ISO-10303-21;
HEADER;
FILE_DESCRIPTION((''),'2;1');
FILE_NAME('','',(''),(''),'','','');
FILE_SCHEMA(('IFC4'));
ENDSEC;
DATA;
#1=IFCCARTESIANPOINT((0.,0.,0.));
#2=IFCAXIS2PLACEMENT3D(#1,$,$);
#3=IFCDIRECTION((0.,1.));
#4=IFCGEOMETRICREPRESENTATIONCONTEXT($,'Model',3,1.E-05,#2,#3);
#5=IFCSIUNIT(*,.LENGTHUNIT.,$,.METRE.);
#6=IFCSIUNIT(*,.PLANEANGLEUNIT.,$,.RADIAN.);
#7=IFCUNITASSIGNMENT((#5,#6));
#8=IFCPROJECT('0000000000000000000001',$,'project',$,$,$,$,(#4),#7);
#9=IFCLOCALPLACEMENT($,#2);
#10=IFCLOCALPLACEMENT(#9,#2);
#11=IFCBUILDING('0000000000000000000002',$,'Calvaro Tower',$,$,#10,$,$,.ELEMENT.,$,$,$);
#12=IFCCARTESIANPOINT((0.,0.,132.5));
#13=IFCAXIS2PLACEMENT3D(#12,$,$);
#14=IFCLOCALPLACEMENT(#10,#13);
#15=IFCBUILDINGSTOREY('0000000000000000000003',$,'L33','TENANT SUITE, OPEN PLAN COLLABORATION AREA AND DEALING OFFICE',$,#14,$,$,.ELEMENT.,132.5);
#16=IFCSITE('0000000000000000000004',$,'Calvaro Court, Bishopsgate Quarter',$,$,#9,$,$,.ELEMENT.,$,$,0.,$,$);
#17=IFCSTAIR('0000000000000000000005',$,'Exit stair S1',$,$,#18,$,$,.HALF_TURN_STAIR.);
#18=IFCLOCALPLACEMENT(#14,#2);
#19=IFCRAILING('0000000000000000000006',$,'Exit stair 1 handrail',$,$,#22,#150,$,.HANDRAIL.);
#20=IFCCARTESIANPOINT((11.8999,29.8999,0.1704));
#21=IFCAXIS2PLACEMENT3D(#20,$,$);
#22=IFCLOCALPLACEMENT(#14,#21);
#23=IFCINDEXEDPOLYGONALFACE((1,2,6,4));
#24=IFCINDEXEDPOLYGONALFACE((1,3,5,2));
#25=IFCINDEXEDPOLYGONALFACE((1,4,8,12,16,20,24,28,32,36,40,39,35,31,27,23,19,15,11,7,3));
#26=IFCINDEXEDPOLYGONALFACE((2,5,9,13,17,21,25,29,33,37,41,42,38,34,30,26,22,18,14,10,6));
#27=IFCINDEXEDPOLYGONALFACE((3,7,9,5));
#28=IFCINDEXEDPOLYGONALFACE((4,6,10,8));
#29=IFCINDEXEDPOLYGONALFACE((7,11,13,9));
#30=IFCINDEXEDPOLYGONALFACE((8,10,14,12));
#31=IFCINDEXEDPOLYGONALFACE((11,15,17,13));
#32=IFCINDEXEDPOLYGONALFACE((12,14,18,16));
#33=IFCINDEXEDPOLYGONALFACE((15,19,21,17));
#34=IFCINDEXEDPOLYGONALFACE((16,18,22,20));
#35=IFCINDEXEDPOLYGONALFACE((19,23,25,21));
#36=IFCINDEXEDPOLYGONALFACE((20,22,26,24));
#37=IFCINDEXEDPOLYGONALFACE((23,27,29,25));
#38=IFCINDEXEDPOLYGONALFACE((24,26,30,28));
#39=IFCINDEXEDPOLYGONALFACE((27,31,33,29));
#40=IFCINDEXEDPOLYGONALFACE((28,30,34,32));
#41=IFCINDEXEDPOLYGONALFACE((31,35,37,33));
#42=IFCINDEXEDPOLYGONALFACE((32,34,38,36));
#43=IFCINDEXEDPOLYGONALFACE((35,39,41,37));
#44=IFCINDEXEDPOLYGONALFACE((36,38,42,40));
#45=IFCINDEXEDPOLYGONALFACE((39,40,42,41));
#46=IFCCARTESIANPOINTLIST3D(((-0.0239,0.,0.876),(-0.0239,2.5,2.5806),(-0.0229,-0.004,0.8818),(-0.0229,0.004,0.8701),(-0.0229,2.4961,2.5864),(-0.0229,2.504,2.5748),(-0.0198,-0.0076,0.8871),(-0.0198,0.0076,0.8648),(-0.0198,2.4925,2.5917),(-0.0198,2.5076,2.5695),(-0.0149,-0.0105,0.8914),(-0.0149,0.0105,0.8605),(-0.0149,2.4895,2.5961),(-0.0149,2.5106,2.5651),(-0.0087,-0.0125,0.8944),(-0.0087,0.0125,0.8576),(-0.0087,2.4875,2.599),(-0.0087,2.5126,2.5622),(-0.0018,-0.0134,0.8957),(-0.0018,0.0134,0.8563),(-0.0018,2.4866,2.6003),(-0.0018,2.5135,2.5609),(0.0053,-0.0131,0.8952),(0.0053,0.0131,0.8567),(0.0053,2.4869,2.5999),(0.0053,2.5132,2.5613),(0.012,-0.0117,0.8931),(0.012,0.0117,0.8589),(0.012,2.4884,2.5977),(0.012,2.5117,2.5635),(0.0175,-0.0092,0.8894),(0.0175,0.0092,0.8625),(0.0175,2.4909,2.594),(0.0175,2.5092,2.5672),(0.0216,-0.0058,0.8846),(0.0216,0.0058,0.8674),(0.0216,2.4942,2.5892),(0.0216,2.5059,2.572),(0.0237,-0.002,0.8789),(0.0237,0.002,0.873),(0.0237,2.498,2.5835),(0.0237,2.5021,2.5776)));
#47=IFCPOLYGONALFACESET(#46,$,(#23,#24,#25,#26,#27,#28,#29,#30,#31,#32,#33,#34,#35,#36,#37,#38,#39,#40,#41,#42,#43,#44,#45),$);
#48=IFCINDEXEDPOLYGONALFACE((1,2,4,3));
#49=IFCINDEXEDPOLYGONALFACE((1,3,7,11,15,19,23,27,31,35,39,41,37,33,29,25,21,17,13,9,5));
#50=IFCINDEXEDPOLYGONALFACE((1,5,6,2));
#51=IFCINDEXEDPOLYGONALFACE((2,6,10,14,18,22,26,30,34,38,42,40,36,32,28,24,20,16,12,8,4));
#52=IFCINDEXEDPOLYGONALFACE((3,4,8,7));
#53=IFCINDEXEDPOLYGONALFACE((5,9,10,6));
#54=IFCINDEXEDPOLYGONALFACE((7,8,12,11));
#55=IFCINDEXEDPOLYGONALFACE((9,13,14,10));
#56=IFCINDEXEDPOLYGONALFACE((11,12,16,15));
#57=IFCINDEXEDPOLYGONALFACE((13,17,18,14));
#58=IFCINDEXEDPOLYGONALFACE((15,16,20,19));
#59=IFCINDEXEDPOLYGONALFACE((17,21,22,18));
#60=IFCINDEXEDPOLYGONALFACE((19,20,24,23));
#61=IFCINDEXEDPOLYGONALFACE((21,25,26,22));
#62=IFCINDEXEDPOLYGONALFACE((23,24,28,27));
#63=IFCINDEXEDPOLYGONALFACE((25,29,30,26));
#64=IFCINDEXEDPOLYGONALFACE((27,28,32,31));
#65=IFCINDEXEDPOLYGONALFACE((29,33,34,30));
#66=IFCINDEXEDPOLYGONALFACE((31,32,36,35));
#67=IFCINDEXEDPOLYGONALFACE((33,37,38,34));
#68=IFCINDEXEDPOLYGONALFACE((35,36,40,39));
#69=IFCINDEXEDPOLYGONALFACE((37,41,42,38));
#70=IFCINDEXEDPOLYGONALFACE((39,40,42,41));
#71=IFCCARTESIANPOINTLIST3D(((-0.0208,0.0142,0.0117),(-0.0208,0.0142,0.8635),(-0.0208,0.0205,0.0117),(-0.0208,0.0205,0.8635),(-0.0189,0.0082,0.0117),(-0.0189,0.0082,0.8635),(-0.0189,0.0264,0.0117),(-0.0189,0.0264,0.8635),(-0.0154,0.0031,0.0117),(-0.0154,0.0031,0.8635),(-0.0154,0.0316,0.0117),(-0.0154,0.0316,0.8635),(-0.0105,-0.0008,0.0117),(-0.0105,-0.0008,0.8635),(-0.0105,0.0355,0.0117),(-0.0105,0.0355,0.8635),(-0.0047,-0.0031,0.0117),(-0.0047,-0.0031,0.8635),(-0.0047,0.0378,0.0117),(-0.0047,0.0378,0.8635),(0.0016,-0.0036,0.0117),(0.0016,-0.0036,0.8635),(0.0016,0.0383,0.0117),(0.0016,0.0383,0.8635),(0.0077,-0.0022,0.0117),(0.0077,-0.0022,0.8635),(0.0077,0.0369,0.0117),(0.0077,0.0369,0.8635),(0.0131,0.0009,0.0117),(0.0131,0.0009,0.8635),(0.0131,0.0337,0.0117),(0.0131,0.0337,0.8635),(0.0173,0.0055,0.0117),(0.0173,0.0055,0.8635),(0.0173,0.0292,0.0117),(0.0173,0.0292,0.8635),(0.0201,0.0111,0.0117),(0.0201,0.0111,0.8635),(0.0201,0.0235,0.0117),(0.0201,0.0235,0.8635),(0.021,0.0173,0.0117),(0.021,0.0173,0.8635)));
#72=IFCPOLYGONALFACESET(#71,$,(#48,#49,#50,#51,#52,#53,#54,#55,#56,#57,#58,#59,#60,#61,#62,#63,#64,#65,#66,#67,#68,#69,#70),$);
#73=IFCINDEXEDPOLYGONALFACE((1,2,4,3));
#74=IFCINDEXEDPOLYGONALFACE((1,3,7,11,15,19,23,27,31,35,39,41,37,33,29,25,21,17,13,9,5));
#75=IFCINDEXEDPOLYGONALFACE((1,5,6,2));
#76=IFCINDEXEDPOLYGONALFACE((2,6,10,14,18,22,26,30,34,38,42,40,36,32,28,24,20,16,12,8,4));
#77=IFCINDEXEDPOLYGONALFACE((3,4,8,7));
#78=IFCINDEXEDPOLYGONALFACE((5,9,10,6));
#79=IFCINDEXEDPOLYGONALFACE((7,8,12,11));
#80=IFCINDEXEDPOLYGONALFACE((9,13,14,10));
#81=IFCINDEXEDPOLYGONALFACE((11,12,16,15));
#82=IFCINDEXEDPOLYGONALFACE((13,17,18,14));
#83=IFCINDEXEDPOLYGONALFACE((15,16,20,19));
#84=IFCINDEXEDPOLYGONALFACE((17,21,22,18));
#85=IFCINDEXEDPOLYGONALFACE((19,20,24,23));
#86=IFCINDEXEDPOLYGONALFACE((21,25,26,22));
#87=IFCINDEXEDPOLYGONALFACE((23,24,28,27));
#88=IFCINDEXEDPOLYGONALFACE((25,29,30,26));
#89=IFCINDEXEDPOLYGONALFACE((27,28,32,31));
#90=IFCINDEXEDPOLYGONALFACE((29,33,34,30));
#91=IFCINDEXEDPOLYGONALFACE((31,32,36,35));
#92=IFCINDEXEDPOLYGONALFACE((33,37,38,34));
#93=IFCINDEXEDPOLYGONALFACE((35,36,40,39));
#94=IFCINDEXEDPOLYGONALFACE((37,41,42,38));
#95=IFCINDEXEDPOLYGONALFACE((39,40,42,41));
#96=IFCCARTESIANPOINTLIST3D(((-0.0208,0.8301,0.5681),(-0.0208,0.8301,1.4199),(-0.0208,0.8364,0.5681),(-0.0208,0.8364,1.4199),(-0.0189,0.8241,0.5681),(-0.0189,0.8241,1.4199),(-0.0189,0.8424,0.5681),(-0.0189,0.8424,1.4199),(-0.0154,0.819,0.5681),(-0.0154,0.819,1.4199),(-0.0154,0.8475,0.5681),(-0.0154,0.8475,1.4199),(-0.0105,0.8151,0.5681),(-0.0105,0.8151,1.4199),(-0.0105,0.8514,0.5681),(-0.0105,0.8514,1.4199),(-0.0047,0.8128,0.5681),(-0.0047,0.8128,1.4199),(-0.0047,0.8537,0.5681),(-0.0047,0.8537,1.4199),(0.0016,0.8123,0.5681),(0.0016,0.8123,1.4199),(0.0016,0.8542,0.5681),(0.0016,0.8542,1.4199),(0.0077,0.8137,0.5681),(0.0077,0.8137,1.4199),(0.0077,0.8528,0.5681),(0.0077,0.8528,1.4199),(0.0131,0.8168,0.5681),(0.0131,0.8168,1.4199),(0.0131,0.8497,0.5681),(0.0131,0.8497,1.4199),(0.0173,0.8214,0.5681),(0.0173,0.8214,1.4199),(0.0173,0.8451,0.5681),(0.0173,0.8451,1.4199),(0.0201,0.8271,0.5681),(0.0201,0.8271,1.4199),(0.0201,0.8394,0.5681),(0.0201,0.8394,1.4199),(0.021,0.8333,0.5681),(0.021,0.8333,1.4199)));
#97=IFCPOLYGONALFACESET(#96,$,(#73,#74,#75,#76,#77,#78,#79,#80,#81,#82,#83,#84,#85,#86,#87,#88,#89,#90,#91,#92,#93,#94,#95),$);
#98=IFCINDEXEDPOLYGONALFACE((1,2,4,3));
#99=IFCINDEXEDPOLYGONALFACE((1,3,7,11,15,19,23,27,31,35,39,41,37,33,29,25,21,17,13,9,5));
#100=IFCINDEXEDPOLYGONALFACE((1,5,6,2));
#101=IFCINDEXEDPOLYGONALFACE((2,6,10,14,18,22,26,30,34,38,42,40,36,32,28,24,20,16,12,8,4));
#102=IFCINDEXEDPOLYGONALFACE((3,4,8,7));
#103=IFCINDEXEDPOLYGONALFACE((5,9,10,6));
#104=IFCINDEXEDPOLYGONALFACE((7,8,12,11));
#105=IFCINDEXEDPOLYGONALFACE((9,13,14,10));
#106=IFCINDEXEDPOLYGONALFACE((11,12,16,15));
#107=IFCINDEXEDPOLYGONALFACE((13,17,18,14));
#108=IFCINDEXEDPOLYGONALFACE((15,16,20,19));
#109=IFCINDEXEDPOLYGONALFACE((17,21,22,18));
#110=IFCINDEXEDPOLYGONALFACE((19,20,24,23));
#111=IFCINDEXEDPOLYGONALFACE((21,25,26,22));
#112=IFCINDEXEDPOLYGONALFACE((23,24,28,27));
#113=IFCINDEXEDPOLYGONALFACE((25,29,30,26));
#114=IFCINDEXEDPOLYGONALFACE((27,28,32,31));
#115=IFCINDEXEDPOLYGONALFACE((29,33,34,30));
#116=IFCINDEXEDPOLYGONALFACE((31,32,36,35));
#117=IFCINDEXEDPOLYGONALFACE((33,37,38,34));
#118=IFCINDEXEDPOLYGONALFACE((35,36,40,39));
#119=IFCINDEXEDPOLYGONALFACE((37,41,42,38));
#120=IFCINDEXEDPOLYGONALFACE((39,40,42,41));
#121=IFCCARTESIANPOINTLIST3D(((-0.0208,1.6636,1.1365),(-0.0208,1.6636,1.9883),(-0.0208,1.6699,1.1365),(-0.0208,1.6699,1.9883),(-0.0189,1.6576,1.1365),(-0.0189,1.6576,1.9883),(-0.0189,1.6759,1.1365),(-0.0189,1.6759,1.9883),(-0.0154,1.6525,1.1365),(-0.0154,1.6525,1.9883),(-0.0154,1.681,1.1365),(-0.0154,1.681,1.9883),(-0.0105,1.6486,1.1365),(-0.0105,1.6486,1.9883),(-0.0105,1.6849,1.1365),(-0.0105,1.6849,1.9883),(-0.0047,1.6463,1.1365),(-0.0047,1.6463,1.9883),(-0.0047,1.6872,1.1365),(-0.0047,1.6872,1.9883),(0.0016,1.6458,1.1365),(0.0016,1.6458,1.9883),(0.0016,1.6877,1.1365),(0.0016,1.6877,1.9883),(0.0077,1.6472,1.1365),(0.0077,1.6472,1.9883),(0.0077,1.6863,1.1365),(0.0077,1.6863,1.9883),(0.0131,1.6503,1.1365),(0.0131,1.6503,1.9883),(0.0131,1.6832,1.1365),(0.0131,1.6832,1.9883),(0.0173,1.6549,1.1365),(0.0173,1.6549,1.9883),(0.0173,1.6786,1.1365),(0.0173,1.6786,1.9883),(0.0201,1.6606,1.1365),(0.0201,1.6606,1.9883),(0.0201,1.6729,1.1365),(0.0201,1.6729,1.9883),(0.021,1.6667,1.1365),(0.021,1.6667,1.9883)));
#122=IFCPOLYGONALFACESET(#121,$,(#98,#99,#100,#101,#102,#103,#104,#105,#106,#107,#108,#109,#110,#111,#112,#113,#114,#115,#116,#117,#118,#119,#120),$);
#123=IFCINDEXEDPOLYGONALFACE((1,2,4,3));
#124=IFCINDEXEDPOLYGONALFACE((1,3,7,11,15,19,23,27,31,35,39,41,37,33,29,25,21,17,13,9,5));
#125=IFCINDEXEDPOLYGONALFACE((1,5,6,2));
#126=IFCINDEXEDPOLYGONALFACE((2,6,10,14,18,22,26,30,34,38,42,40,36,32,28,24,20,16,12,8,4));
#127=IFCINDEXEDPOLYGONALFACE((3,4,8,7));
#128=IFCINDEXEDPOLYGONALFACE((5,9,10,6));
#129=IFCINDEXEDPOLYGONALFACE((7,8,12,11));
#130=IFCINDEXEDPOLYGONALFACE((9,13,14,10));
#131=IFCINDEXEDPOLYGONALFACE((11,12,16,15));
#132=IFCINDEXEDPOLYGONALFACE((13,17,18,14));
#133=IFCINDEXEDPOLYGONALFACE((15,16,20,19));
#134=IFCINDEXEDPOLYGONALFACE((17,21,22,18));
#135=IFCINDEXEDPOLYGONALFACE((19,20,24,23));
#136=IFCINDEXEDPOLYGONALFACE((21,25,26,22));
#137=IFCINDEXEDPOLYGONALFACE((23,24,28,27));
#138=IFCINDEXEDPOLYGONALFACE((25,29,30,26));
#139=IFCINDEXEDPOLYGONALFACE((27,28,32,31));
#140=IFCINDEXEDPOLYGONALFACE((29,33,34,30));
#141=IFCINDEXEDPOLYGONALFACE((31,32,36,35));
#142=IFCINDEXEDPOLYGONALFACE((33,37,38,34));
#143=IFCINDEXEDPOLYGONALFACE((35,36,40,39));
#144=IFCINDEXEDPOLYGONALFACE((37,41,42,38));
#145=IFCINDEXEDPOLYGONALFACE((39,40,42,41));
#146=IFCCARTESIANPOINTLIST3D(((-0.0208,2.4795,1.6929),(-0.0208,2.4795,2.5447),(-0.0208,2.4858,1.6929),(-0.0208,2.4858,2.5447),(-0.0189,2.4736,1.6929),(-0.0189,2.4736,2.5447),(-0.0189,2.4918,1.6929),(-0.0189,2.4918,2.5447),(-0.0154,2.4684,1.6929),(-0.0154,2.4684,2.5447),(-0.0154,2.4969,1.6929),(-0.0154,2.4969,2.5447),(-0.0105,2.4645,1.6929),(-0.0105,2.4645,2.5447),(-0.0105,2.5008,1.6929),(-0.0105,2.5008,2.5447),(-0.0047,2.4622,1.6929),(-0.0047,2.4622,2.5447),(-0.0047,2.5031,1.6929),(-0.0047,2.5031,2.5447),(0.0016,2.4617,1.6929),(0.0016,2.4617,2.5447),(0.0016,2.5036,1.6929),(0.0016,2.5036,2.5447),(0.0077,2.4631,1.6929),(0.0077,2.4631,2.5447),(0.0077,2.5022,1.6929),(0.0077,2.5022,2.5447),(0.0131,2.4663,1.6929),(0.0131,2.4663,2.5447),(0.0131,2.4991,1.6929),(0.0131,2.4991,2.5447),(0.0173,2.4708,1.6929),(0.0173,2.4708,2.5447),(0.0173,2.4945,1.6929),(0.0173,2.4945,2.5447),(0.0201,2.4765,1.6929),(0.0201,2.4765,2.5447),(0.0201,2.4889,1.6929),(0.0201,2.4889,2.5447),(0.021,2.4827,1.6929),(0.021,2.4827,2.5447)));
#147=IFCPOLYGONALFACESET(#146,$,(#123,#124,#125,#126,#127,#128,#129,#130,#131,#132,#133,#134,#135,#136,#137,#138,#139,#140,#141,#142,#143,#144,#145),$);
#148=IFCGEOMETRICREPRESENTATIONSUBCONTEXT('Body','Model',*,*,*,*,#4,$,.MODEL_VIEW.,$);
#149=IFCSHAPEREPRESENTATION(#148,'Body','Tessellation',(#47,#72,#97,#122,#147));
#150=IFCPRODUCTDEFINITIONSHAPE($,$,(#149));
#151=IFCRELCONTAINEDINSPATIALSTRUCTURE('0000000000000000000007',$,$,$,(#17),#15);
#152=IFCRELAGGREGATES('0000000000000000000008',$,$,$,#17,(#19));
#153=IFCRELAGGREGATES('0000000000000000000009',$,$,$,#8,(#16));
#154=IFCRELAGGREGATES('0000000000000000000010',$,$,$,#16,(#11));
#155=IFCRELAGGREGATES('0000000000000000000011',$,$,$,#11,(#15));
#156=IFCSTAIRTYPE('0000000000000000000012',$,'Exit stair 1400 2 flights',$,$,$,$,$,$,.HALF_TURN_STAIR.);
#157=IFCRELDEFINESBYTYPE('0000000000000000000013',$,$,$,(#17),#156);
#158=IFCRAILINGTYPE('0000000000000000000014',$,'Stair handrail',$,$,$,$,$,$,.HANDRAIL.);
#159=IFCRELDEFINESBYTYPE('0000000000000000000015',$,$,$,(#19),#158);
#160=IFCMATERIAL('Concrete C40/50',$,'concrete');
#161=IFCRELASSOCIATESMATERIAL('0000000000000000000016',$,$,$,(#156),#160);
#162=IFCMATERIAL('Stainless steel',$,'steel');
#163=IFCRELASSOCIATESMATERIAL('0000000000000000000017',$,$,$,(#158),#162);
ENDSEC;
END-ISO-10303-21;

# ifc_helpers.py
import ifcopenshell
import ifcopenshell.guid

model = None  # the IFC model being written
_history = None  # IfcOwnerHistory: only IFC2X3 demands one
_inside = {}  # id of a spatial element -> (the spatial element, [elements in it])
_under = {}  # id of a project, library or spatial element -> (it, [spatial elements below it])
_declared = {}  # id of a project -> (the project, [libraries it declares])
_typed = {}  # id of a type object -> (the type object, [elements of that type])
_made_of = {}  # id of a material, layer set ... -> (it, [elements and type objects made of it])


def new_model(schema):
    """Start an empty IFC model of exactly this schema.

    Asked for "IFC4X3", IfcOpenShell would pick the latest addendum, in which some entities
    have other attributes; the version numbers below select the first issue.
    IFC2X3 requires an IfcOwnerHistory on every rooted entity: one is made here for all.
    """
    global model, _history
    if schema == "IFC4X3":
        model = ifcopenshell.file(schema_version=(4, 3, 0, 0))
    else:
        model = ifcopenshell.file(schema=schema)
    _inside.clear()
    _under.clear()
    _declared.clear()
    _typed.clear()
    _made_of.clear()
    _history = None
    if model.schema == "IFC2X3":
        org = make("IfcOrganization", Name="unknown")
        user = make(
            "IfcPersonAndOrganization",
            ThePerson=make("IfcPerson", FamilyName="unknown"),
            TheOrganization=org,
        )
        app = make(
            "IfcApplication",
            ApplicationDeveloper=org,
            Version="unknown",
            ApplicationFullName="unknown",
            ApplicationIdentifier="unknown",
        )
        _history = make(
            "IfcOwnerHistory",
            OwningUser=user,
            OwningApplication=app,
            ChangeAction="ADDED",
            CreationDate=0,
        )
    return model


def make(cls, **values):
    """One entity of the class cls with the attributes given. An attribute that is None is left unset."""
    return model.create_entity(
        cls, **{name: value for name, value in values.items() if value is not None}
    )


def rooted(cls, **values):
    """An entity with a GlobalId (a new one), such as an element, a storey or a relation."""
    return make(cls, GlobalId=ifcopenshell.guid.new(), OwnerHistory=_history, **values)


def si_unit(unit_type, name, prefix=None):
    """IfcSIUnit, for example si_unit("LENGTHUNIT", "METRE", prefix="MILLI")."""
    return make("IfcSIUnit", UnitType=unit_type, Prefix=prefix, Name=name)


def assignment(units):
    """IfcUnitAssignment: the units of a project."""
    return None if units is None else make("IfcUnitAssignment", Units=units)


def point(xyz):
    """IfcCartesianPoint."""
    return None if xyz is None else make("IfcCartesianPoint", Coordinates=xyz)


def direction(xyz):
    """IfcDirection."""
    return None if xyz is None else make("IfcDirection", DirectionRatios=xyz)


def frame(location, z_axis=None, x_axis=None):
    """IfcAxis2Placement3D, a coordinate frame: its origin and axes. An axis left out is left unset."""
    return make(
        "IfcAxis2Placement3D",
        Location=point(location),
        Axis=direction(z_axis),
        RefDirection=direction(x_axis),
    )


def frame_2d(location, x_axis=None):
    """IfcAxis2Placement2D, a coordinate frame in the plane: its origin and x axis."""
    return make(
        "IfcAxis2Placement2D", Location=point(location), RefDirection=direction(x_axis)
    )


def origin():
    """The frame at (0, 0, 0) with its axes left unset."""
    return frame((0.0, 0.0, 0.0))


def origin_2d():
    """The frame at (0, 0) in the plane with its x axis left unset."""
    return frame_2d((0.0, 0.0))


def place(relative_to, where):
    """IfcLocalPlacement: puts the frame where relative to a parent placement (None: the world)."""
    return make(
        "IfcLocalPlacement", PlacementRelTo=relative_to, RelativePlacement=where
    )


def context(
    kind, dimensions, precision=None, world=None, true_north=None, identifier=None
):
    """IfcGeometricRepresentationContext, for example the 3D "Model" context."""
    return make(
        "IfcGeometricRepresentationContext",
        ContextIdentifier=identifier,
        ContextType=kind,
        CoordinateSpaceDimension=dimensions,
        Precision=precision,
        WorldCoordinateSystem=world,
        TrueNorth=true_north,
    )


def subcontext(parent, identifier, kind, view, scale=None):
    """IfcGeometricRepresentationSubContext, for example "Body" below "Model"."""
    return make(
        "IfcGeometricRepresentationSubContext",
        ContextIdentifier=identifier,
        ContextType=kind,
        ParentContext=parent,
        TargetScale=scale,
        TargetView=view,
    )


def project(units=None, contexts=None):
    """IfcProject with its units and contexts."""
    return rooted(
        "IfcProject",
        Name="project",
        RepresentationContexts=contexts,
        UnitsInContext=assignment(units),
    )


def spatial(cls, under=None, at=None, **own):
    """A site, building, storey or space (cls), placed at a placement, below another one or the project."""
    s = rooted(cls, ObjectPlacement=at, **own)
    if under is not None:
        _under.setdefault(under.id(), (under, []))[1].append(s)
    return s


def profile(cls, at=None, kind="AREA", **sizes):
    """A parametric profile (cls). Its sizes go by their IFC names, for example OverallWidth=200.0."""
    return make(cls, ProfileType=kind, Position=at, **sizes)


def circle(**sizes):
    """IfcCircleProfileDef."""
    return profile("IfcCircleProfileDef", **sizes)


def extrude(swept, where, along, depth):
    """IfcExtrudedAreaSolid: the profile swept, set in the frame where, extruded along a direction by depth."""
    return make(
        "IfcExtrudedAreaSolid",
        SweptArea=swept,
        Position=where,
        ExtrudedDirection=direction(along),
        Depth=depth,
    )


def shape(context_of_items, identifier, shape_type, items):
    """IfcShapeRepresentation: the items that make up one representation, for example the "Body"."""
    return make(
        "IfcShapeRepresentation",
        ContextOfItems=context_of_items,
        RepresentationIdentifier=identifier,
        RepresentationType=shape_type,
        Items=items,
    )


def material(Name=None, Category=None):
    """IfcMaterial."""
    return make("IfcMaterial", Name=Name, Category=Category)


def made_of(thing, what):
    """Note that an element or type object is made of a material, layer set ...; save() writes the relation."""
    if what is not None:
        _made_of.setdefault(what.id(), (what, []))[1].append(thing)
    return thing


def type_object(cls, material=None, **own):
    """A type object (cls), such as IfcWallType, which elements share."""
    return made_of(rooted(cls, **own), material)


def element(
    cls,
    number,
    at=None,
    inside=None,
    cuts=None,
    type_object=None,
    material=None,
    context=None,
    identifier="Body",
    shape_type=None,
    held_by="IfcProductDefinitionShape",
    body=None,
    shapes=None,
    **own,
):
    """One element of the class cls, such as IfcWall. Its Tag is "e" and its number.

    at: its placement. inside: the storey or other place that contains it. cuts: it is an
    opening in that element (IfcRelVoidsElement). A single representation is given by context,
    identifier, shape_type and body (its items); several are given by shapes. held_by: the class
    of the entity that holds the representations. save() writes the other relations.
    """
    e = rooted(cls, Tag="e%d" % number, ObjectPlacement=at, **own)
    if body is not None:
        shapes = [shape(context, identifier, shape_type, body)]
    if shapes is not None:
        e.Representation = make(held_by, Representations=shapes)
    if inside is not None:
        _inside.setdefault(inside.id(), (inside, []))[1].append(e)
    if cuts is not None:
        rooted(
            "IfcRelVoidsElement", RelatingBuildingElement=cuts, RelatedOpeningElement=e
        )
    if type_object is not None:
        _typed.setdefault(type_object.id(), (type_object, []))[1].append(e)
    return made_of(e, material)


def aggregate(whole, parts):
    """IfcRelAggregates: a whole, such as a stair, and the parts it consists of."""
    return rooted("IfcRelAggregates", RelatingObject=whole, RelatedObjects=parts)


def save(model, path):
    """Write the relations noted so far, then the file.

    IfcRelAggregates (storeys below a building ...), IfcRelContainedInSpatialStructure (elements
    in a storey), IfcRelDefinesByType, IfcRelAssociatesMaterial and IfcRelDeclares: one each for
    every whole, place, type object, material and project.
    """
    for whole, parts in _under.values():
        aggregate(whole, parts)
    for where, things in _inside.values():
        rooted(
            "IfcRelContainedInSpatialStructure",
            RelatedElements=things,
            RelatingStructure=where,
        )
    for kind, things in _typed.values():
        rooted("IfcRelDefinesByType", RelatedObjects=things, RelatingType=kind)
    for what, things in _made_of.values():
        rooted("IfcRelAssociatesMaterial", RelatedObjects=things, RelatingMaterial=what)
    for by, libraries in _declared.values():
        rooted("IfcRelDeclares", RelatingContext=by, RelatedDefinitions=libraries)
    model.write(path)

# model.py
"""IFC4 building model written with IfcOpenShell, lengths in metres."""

from ifc_helpers import new_model, si_unit, direction, frame, origin, origin_2d, place, context, subcontext, project, spatial, circle, extrude, material, type_object, element, aggregate, save


model = new_model("IFC4")

# Units and contexts
model_context = context("Model", 3, precision=1e-05, world=origin(), true_north=direction((0.0, 1.0)))
body_context = subcontext(model_context, "Body", "Model", "MODEL_VIEW")
ifc_project = project(units=[si_unit("LENGTHUNIT", "METRE"), si_unit("PLANEANGLEUNIT", "RADIAN")], contexts=[model_context])

# Site, building, storey
site_placement = place(None, origin())
site = spatial("IfcSite", under=ifc_project, at=site_placement, Name="Calvaro Court, Bishopsgate Quarter", CompositionType="ELEMENT", RefElevation=0.0)
building_placement = place(site_placement, origin())
building = spatial("IfcBuilding", under=site, at=building_placement, Name="Calvaro Tower", CompositionType="ELEMENT")
storey_placement = place(building_placement, frame((0.0, 0.0, 132.5)))
storey = spatial("IfcBuildingStorey", under=building, at=storey_placement, Name="L33", Description="TENANT SUITE, OPEN PLAN COLLABORATION AREA AND DEALING OFFICE", CompositionType="ELEMENT", Elevation=132.5)

# Stair, railing
ifc_material_1 = material(Name="Concrete C40/50", Category="concrete")
stair_type = type_object("IfcStairType", Name="Exit stair 1400 2 flights", PredefinedType="HALF_TURN_STAIR", material=ifc_material_1)
stair_placement = place(storey_placement, origin())
stair = element("IfcStair", 1, at=stair_placement, inside=storey, type_object=stair_type, Name="Exit stair S1", PredefinedType="HALF_TURN_STAIR")
ifc_material_2 = material(Name="Stainless steel", Category="steel")
railing_type = type_object("IfcRailingType", Name="Stair handrail", PredefinedType="HANDRAIL", material=ifc_material_2)
railing_1_placement = place(storey_placement, frame((11.8999, 29.8999, 0.1704)))
railing_1 = element("IfcRailing", 2, at=railing_1_placement, type_object=railing_type, Name="Exit stair 1 handrail", PredefinedType="HANDRAIL", context=body_context, shape_type="SweptSolid", body=[
    extrude(circle(Radius=0.0239, at=origin_2d()), frame((0.0, 0.0, 0.876), z_axis=(0.0, 0.826221, 0.563347), x_axis=(-1.0, 0.0, 0.0)), (0.0, 0.0, 1.0), 3.0259),
    extrude(circle(Radius=0.021, at=origin_2d()), frame((0.0, 0.0173, 0.0117)), (0.0, 0.0, 1.0), 0.8518),
    extrude(circle(Radius=0.021, at=origin_2d()), frame((0.0, 0.8333, 0.5681)), (0.0, 0.0, 1.0), 0.8518),
    extrude(circle(Radius=0.021, at=origin_2d()), frame((0.0, 1.6667, 1.1365)), (0.0, 0.0, 1.0), 0.8518),
    extrude(circle(Radius=0.021, at=origin_2d()), frame((0.0, 2.4827, 1.6929)), (0.0, 0.0, 1.0), 0.8518),
])
aggregate(stair, [railing_1])

save(model, "model.ifc")
